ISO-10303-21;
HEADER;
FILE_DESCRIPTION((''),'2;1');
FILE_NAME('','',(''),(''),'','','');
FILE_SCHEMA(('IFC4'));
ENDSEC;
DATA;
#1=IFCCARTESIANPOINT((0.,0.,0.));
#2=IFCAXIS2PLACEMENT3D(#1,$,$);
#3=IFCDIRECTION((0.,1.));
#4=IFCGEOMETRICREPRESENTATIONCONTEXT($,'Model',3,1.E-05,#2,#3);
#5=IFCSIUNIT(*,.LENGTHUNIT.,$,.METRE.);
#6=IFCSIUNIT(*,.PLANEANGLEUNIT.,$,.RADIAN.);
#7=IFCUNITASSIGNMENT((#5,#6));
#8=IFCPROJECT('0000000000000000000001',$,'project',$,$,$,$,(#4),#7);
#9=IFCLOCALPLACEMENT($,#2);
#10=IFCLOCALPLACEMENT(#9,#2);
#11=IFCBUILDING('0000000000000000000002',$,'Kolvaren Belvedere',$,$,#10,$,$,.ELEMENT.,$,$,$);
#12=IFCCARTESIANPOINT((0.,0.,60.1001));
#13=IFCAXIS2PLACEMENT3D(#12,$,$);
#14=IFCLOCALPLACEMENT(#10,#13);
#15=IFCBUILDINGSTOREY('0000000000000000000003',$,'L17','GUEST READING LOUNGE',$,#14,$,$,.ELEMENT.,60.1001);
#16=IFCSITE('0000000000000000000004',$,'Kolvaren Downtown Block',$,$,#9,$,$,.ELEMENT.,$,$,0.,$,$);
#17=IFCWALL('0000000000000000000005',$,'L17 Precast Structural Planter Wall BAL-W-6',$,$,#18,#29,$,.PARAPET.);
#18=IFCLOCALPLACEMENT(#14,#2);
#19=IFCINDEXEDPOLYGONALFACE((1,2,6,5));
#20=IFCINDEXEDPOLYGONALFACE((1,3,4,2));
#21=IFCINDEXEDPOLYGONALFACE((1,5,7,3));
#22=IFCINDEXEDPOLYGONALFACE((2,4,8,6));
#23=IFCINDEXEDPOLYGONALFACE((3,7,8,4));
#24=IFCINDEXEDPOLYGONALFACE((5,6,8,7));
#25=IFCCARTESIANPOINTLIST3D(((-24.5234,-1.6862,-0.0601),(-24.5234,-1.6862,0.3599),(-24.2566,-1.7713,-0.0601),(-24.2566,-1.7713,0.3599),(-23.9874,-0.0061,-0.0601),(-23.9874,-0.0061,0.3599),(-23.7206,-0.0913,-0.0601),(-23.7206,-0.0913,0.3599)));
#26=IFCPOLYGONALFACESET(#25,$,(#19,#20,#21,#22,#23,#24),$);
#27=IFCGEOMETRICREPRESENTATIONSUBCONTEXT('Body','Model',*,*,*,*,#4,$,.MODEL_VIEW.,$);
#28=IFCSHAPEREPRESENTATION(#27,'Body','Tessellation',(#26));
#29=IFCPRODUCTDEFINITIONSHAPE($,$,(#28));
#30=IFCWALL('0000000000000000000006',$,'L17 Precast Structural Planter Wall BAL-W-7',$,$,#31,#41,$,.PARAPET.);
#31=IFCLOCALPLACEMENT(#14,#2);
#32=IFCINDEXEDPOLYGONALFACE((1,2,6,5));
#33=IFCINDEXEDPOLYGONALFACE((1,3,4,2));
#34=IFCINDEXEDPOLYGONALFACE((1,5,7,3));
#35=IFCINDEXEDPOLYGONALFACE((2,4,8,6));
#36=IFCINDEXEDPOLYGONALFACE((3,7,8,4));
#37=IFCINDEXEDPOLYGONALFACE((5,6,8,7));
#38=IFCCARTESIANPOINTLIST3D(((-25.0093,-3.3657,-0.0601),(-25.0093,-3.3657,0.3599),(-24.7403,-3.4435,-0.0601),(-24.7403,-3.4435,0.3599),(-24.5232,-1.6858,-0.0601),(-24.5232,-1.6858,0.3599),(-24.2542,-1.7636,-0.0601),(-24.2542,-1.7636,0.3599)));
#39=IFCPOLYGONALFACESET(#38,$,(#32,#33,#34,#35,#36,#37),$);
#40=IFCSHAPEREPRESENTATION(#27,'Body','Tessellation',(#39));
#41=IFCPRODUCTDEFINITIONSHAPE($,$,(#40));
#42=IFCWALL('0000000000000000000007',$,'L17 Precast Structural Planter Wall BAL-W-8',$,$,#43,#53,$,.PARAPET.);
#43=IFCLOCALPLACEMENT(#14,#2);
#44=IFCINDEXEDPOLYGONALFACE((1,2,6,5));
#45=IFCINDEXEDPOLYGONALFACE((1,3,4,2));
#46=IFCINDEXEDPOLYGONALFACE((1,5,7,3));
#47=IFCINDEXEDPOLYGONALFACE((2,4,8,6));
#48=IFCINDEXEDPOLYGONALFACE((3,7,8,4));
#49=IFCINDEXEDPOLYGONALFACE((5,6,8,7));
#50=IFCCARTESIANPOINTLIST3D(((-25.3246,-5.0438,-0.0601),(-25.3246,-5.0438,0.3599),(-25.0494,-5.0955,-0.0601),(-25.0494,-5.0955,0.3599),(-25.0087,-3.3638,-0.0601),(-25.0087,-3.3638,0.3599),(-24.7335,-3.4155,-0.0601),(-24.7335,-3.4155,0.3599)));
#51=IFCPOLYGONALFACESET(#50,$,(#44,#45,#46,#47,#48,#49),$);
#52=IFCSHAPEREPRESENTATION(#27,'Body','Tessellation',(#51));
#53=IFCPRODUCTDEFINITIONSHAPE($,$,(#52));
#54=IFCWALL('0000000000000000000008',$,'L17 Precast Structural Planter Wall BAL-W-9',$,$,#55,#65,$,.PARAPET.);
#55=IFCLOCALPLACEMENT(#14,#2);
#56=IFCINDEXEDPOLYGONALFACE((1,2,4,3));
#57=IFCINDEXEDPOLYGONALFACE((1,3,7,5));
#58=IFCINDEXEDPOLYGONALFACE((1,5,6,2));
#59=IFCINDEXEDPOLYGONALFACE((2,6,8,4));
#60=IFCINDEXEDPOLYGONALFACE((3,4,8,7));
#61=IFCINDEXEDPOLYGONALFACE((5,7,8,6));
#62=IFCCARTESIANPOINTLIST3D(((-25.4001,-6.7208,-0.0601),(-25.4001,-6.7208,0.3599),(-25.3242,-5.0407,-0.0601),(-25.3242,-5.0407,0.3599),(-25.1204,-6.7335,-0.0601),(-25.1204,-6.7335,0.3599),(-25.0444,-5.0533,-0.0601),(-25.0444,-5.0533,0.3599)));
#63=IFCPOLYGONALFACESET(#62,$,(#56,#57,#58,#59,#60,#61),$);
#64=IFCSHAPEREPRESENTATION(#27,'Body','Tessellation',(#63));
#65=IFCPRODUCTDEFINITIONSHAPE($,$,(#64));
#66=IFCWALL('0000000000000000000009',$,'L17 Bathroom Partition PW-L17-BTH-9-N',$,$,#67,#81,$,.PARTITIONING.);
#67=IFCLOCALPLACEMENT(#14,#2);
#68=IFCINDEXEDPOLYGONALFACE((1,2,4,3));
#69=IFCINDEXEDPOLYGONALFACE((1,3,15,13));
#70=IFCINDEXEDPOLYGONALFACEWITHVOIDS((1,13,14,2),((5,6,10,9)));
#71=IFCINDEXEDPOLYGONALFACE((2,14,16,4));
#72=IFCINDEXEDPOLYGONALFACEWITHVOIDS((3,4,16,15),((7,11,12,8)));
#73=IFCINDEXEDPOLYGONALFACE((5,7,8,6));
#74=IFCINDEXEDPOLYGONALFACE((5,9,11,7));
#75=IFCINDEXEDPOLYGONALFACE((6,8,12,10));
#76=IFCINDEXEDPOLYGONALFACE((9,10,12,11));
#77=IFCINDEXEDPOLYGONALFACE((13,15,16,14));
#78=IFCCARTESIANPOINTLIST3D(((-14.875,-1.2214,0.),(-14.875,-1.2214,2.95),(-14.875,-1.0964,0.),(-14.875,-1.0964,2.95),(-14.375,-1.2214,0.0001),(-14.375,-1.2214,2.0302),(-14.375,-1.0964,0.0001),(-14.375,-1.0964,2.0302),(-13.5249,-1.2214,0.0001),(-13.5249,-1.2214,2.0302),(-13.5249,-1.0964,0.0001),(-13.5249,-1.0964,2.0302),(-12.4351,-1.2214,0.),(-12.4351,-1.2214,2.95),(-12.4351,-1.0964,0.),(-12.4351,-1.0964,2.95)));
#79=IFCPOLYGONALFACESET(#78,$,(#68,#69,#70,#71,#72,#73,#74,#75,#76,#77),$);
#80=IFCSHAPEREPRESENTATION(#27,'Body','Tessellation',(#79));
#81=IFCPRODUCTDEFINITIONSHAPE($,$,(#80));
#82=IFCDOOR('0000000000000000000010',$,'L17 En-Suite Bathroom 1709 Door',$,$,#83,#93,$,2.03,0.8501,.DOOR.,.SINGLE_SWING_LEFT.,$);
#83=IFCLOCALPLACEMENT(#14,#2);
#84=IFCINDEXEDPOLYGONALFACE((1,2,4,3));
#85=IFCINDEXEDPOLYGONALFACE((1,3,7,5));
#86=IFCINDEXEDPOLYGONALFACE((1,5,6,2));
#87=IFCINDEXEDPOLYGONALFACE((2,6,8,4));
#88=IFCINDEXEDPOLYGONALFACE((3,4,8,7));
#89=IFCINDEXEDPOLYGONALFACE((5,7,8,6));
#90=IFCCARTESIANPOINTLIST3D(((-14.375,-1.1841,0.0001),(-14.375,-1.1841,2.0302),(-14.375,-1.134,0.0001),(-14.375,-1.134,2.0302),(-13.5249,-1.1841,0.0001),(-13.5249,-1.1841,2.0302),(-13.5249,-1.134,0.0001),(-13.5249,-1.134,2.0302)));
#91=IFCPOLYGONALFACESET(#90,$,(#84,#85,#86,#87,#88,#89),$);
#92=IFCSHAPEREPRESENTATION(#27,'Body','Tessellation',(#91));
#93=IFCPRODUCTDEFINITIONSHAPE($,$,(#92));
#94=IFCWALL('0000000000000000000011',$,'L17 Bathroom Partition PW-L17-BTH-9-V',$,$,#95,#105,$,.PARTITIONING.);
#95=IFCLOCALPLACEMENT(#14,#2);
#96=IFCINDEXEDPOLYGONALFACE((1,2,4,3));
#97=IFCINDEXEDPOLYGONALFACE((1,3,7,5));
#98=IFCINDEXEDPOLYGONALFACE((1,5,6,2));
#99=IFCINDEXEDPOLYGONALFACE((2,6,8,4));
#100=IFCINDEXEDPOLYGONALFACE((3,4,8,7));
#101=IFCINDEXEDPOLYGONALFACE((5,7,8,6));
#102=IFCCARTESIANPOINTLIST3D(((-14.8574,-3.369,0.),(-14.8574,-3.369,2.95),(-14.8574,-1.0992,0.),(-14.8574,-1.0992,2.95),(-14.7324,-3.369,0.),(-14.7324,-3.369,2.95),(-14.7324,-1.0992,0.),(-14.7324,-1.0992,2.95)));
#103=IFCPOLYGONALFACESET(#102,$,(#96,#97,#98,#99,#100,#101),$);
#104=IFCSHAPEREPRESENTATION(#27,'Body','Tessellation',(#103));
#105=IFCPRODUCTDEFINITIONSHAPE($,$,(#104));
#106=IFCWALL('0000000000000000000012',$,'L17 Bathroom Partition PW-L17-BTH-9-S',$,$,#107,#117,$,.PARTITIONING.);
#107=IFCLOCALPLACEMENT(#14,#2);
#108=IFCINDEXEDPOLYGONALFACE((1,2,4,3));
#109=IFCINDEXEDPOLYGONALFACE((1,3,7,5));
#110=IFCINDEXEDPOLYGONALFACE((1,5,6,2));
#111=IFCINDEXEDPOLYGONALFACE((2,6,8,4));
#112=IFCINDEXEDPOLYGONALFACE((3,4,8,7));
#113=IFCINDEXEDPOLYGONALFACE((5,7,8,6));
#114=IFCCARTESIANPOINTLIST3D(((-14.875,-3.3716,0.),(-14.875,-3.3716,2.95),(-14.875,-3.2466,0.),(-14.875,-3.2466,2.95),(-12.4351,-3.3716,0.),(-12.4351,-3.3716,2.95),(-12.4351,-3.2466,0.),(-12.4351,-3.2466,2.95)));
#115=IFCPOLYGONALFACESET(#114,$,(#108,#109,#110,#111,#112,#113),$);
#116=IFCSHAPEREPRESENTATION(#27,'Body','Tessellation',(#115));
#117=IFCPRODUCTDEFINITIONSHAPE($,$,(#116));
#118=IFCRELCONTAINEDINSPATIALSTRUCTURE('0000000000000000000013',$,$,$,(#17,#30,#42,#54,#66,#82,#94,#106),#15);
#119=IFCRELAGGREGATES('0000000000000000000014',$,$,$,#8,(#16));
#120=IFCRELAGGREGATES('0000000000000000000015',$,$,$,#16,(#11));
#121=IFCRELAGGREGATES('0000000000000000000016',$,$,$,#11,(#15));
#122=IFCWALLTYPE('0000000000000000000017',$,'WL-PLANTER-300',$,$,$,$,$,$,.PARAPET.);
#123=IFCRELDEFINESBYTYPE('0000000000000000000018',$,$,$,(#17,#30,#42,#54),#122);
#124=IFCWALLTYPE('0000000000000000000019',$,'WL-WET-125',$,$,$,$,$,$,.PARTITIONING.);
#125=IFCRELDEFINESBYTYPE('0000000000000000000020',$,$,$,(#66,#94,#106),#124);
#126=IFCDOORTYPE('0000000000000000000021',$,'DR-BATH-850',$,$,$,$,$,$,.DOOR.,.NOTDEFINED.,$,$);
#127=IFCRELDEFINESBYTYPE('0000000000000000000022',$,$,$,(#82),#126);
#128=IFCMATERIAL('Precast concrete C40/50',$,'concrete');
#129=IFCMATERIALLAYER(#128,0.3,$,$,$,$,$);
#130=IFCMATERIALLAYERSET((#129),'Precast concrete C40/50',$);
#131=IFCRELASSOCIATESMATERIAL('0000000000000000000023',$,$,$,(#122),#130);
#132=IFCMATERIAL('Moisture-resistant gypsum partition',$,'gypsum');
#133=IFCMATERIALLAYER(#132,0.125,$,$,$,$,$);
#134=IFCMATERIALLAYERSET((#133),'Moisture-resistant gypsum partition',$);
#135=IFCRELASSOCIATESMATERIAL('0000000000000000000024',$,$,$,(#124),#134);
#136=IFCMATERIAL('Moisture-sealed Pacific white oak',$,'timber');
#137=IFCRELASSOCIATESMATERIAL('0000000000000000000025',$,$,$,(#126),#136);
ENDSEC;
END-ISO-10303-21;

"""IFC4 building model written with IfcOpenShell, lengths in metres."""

from ifc_helpers import new_model, si_unit, direction, frame, frame_2d, origin, place, context, subcontext, project, spatial, rectangle, extrude, material, layer, layer_set, type_object, element, fill, save


model = new_model("IFC4")

# Units and contexts
model_context = context("Model", 3, precision=1e-05, world=origin(), true_north=direction((0.0, 1.0)))
body_context = subcontext(model_context, "Body", "Model", "MODEL_VIEW")
ifc_project = project(units=[si_unit("LENGTHUNIT", "METRE"), si_unit("PLANEANGLEUNIT", "RADIAN")], contexts=[model_context])

# Site, building, storey
site_placement = place(None, origin())
site = spatial("IfcSite", under=ifc_project, at=site_placement, Name="Kolvaren Downtown Block", CompositionType="ELEMENT", RefElevation=0.0)
building_placement = place(site_placement, origin())
building = spatial("IfcBuilding", under=site, at=building_placement, Name="Kolvaren Belvedere", CompositionType="ELEMENT")
storey_placement = place(building_placement, frame((0.0, 0.0, 60.1001)))
storey = spatial("IfcBuildingStorey", under=building, at=storey_placement, Name="L17", Description="GUEST READING LOUNGE", CompositionType="ELEMENT", Elevation=60.1001)

# Walls
ifc_material_1 = material(Name="Precast concrete C40/50", Category="concrete")
ifc_layer_1 = layer(ifc_material_1, 0.3)
ifc_layer_set_1 = layer_set([ifc_layer_1], Name="Precast concrete C40/50")
wall_type_1 = type_object("IfcWallType", Name="WL-PLANTER-300", PredefinedType="PARAPET", material=ifc_layer_set_1)
wall_1_placement = place(storey_placement, frame((-23.854, -0.0486, -0.0601), z_axis=(0.0, 0.0, 1.0), x_axis=(-0.303906, -0.952702, 0.0)))
element("IfcWall", 1, at=wall_1_placement, inside=storey, type_object=wall_type_1, Name="L17 Precast Structural Planter Wall BAL-W-6", PredefinedType="PARAPET", context=body_context, shape_type="SweptSolid", body=[
    extrude(rectangle(XDim=1.7634, YDim=0.28, at=frame_2d((0.8818, 0.0))), origin(), (0.0, 0.0, 1.0), 0.4199),
])
wall_2_placement = place(storey_placement, frame((-24.3887, -1.7246, -0.0601), z_axis=(0.0, 0.0, 1.0), x_axis=(-0.277946, -0.960597, 0.0)))
element("IfcWall", 2, at=wall_2_placement, inside=storey, type_object=wall_type_1, Name="L17 Precast Structural Planter Wall BAL-W-7", PredefinedType="PARAPET", context=body_context, shape_type="SweptSolid", body=[
    extrude(rectangle(XDim=1.7488, YDim=0.28, at=frame_2d((0.8745, 0.0))), origin(), (0.0, 0.0, 1.0), 0.4199),
])
wall_3_placement = place(storey_placement, frame((-24.8711, -3.3896, -0.0601), z_axis=(0.0, 0.0, 1.0), x_axis=(-0.184815, -0.982773, 0.0)))
element("IfcWall", 3, at=wall_3_placement, inside=storey, type_object=wall_type_1, Name="L17 Precast Structural Planter Wall BAL-W-8", PredefinedType="PARAPET", context=body_context, shape_type="SweptSolid", body=[
    extrude(rectangle(XDim=1.7095, YDim=0.28, at=frame_2d((0.8547, 0.0))), origin(), (0.0, 0.0, 1.0), 0.4199),
])
wall_4_placement = place(storey_placement, frame((-25.1843, -5.0471, -0.0601), z_axis=(0.0, 0.0, 1.0), x_axis=(-0.045144, -0.99898, 0.0)))
element("IfcWall", 4, at=wall_4_placement, inside=storey, type_object=wall_type_1, Name="L17 Precast Structural Planter Wall BAL-W-9", PredefinedType="PARAPET", context=body_context, shape_type="SweptSolid", body=[
    extrude(rectangle(XDim=1.6819, YDim=0.28, at=frame_2d((0.8408, 0.0))), origin(), (0.0, 0.0, 1.0), 0.4199),
])

# Wall, opening, door
ifc_material_2 = material(Name="Moisture-resistant gypsum partition", Category="gypsum")
ifc_layer_2 = layer(ifc_material_2, 0.125)
ifc_layer_set_2 = layer_set([ifc_layer_2], Name="Moisture-resistant gypsum partition")
wall_type_2 = type_object("IfcWallType", Name="WL-WET-125", PredefinedType="PARTITIONING", material=ifc_layer_set_2)
wall_5_placement = place(storey_placement, frame((-14.875, -1.1589, 0.0), z_axis=(0.0, 0.0, 1.0), x_axis=(1.0, 0.0, 0.0)))
wall_5 = element("IfcWall", 5, at=wall_5_placement, inside=storey, type_object=wall_type_2, Name="L17 Bathroom Partition PW-L17-BTH-9-N", PredefinedType="PARTITIONING", context=body_context, shape_type="SweptSolid", body=[
    extrude(rectangle(XDim=2.4399, YDim=0.125, at=frame_2d((1.22, 0.0))), origin(), (0.0, 0.0, 1.0), 2.95),
])
opening_1_placement = place(wall_5_placement, frame((0.5, 0.0, 0.0)))
opening_1 = element("IfcOpeningElement", 6, at=opening_1_placement, cuts=wall_5, PredefinedType="OPENING", context=body_context, shape_type="SweptSolid", body=[
    extrude(rectangle(XDim=0.8501, YDim=2.03, at=frame_2d((0.425, 1.0151))), frame((0.0, 0.0725, 0.0), z_axis=(0.0, -1.0, 0.0), x_axis=(1.0, 0.0, 0.0)), (0.0, 0.0, 1.0), 0.145),
])
ifc_material_3 = material(Name="Moisture-sealed Pacific white oak", Category="timber")
door_type_1 = type_object("IfcDoorType", Name="DR-BATH-850", OperationType="NOTDEFINED", PredefinedType="DOOR", material=ifc_material_3)
door_1_placement = place(opening_1_placement, origin())
door_1 = element("IfcDoor", 7, at=door_1_placement, inside=storey, type_object=door_type_1, Name="L17 En-Suite Bathroom 1709 Door", OperationType="SINGLE_SWING_LEFT", OverallHeight=2.03, OverallWidth=0.8501, PredefinedType="DOOR", context=body_context, shape_type="SweptSolid", body=[
    extrude(rectangle(XDim=0.8501, YDim=2.03, at=frame_2d((0.425, 1.0151))), frame((0.0, 0.0249, 0.0), z_axis=(0.0, -1.0, 0.0), x_axis=(1.0, 0.0, 0.0)), (0.0, 0.0, 1.0), 0.05),
])
fill(opening_1, door_1)

# Walls
wall_6_placement = place(storey_placement, frame((-14.7949, -3.3689, 0.0), z_axis=(0.0, 0.0, 1.0), x_axis=(0.0, 1.0, 0.0)))
element("IfcWall", 8, at=wall_6_placement, inside=storey, type_object=wall_type_2, Name="L17 Bathroom Partition PW-L17-BTH-9-V", PredefinedType="PARTITIONING", context=body_context, shape_type="SweptSolid", body=[
    extrude(rectangle(XDim=2.2698, YDim=0.125, at=frame_2d((1.1348, 0.0))), origin(), (0.0, 0.0, 1.0), 2.95),
])
wall_7_placement = place(storey_placement, frame((-14.875, -3.3091, 0.0), z_axis=(0.0, 0.0, 1.0), x_axis=(1.0, 0.0, 0.0)))
element("IfcWall", 9, at=wall_7_placement, inside=storey, type_object=wall_type_2, Name="L17 Bathroom Partition PW-L17-BTH-9-S", PredefinedType="PARTITIONING", context=body_context, shape_type="SweptSolid", body=[
    extrude(rectangle(XDim=2.4399, YDim=0.125, at=frame_2d((1.22, 0.0))), origin(), (0.0, 0.0, 1.0), 2.95),
])

save(model, "model.ifc")
